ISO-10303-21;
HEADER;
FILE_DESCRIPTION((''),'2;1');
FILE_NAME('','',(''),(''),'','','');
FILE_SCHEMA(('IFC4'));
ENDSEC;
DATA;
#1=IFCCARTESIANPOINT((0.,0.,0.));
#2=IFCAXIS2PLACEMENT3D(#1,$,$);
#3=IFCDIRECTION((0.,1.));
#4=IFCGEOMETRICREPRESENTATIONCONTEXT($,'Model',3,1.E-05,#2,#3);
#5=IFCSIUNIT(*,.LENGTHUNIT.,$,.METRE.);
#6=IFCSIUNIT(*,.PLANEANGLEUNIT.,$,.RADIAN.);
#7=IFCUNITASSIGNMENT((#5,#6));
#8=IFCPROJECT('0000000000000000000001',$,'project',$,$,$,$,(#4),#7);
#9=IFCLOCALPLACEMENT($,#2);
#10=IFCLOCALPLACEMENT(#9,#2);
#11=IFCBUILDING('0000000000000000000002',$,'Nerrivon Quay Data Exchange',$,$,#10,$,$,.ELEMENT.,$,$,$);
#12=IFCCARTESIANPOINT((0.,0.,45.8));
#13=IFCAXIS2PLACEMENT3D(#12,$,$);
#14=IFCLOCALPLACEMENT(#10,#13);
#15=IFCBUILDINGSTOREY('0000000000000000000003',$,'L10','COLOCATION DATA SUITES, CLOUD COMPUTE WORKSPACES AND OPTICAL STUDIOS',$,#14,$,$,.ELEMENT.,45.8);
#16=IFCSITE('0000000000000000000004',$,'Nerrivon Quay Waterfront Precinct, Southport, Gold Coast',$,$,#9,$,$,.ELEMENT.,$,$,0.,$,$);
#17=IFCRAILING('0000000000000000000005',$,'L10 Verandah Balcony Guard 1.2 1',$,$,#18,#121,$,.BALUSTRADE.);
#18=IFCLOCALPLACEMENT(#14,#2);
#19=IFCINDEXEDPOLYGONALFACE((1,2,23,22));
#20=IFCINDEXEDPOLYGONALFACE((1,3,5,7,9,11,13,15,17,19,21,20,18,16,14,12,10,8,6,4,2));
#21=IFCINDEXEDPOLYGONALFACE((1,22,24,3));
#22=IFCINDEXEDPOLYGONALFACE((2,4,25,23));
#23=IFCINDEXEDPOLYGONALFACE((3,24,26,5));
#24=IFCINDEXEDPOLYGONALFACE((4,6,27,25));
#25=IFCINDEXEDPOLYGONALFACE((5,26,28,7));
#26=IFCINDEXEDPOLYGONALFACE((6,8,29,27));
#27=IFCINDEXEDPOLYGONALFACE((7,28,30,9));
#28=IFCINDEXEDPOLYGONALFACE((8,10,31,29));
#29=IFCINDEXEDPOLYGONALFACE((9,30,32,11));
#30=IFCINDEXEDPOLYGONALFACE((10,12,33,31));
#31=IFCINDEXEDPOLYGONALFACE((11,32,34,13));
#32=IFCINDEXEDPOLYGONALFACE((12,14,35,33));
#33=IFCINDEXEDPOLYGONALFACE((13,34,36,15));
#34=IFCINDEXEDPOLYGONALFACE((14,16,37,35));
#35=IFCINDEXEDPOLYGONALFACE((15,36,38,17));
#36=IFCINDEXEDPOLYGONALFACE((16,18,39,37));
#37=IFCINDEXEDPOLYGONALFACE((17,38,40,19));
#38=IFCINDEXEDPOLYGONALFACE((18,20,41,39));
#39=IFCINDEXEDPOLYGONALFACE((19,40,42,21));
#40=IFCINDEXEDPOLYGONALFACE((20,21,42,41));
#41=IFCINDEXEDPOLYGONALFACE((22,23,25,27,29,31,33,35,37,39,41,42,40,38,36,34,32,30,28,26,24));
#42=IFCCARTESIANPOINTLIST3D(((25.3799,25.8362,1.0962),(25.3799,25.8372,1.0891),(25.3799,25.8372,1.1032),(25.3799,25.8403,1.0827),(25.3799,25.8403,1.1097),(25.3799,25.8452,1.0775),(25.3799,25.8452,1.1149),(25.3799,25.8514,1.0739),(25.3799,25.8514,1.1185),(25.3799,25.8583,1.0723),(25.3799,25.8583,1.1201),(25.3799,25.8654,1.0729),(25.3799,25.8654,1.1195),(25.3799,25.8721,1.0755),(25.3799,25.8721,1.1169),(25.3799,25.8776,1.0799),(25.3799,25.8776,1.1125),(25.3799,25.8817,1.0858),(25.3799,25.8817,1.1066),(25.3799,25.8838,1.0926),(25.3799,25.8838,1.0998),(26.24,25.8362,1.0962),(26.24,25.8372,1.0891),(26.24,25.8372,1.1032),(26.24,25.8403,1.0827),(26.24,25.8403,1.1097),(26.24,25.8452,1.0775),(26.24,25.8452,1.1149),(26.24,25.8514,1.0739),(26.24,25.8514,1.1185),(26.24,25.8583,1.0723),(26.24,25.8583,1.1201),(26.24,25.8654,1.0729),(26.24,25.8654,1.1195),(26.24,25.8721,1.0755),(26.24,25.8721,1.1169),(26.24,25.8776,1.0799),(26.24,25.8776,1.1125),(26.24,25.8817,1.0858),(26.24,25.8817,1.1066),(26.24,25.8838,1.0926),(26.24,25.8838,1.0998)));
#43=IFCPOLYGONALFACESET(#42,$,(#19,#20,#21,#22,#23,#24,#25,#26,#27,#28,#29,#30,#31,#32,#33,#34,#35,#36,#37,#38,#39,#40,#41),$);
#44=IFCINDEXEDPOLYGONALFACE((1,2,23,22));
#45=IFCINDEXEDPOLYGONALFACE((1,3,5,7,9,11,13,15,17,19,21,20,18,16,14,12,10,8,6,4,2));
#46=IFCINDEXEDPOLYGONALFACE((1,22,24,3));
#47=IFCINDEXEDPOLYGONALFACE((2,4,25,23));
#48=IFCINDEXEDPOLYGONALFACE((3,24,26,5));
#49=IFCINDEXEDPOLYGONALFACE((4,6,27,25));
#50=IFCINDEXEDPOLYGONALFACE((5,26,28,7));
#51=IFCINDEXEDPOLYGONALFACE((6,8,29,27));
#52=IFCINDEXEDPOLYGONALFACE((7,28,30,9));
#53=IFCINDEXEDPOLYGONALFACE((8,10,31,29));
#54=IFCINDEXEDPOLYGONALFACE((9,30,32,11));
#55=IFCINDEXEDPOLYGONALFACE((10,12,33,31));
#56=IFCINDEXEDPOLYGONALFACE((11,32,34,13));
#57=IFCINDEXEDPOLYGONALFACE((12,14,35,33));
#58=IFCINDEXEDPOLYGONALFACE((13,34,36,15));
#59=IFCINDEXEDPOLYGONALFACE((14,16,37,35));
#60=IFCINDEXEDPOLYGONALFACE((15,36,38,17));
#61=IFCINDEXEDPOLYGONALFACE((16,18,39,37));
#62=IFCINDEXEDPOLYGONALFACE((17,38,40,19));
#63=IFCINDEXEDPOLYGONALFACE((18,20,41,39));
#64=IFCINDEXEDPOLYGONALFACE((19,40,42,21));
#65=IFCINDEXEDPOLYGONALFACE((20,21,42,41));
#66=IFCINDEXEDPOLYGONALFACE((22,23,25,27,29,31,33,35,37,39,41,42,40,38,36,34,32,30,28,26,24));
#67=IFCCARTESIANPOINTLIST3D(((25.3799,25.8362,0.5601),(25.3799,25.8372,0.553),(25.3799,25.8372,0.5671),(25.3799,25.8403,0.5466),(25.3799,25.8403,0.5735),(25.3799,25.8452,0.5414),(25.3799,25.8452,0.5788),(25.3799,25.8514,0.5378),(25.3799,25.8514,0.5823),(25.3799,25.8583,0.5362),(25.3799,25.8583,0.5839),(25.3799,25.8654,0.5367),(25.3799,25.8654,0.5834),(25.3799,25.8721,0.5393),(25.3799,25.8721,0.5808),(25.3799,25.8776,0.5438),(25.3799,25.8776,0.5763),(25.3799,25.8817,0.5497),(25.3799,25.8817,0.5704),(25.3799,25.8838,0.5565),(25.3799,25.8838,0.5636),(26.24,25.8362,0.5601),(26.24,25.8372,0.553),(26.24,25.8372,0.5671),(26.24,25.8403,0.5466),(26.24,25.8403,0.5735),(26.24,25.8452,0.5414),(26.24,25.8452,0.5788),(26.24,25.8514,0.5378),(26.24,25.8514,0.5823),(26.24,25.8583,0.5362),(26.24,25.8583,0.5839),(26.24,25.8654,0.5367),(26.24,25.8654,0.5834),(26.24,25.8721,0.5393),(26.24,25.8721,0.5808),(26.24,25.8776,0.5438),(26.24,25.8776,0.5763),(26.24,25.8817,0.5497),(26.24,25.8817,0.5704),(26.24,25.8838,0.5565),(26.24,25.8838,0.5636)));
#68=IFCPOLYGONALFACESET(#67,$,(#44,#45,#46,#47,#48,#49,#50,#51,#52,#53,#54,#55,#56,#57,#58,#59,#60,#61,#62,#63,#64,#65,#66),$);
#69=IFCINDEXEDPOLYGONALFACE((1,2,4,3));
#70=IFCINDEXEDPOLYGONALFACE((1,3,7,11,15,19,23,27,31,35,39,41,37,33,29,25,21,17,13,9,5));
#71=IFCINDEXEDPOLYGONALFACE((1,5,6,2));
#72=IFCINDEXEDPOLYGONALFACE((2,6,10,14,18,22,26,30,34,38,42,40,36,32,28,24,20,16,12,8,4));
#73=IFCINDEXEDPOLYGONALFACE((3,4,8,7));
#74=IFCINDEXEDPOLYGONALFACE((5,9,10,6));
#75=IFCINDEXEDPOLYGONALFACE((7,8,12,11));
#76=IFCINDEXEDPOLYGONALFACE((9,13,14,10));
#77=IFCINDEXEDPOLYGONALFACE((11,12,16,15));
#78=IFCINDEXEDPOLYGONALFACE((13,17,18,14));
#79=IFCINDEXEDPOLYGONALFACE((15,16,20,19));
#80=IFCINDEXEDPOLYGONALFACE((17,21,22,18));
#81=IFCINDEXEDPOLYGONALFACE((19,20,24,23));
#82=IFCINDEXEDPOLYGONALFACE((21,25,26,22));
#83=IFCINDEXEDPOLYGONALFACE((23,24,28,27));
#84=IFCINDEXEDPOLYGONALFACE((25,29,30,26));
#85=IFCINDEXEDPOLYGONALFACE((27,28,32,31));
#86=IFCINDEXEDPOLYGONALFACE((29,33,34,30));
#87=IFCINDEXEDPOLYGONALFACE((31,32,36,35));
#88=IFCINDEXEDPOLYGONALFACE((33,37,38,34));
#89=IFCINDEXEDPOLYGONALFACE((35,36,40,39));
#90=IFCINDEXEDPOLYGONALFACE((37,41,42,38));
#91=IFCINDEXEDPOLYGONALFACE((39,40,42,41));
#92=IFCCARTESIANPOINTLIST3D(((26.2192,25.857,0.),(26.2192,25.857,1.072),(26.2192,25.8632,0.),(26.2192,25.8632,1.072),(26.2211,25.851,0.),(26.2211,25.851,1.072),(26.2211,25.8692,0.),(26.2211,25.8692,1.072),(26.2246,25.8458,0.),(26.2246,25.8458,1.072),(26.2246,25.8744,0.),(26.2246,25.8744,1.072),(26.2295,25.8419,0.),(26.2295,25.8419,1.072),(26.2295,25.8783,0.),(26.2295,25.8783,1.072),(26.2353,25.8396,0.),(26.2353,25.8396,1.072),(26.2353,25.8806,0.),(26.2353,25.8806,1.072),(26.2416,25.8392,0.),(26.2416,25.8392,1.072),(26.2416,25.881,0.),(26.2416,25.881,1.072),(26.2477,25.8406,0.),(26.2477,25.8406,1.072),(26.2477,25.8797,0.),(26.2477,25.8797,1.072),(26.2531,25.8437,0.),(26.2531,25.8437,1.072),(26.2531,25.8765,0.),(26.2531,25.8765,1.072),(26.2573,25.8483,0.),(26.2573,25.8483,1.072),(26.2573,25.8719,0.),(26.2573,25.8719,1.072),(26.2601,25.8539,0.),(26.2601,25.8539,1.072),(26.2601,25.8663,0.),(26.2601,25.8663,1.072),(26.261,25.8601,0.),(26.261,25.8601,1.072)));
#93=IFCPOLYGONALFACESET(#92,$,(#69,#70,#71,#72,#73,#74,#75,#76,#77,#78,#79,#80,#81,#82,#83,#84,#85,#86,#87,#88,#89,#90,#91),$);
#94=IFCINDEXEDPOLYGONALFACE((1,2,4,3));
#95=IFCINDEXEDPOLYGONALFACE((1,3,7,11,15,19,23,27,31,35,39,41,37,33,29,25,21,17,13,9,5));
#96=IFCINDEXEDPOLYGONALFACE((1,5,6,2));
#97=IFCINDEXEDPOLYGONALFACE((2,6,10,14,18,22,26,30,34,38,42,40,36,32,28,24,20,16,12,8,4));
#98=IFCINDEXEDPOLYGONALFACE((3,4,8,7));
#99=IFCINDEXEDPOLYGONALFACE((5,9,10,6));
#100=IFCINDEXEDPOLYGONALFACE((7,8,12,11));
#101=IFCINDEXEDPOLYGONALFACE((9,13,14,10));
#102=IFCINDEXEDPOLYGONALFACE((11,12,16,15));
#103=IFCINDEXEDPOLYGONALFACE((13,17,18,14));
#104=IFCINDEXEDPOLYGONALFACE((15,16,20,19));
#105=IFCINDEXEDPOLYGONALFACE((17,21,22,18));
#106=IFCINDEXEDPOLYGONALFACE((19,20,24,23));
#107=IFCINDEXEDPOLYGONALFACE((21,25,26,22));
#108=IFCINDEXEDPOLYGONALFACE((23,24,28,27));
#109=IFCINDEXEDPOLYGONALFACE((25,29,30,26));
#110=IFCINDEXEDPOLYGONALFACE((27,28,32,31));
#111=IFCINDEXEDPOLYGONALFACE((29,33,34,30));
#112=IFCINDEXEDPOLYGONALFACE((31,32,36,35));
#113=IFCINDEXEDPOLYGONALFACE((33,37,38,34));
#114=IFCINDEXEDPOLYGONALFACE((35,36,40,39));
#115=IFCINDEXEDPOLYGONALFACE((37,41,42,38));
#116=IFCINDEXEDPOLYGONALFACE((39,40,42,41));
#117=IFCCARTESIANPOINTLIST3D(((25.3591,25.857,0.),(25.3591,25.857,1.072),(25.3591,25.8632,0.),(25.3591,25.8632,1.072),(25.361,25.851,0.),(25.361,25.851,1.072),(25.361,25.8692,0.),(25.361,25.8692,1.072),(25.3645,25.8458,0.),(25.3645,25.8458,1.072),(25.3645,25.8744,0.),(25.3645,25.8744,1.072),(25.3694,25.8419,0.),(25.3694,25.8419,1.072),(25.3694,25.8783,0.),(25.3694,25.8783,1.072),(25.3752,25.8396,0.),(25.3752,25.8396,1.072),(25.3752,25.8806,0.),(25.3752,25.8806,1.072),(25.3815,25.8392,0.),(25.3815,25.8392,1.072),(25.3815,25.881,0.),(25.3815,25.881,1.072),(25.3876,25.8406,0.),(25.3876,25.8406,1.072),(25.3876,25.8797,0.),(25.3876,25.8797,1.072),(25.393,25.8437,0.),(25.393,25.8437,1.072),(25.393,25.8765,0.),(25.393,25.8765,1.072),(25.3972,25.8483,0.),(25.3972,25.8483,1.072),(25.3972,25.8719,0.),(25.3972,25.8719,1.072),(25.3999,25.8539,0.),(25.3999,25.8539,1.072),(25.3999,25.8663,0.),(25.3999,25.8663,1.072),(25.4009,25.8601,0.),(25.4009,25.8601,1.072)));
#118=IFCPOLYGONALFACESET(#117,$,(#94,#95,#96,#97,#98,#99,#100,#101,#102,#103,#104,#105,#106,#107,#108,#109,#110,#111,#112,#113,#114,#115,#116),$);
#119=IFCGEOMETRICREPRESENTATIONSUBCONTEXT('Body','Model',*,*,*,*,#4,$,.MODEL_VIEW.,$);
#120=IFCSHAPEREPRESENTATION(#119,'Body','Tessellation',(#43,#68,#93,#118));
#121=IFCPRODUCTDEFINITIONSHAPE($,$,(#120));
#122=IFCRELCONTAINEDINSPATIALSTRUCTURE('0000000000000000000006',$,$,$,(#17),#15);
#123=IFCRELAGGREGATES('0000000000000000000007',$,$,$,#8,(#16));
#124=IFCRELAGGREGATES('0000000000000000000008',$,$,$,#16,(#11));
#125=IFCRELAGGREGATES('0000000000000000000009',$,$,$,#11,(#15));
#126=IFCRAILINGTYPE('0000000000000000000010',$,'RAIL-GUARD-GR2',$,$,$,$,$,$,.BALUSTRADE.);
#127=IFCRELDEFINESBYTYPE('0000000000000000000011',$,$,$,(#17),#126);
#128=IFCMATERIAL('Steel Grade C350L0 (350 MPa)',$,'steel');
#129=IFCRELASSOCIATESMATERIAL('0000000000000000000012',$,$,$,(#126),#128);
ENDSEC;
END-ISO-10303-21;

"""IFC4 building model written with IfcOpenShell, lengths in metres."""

from ifc_helpers import new_model, si_unit, direction, frame, origin, origin_2d, place, context, subcontext, project, spatial, circle, extrude, material, type_object, element, save


model = new_model("IFC4")

# Units and contexts
model_context = context("Model", 3, precision=1e-05, world=origin(), true_north=direction((0.0, 1.0)))
body_context = subcontext(model_context, "Body", "Model", "MODEL_VIEW")
ifc_project = project(units=[si_unit("LENGTHUNIT", "METRE"), si_unit("PLANEANGLEUNIT", "RADIAN")], contexts=[model_context])

# Site, building, storey
site_placement = place(None, origin())
site = spatial("IfcSite", under=ifc_project, at=site_placement, Name="Nerrivon Quay Waterfront Precinct, Southport, Gold Coast", CompositionType="ELEMENT", RefElevation=0.0)
building_placement = place(site_placement, origin())
building = spatial("IfcBuilding", under=site, at=building_placement, Name="Nerrivon Quay Data Exchange", CompositionType="ELEMENT")
storey_placement = place(building_placement, frame((0.0, 0.0, 45.8)))
storey = spatial("IfcBuildingStorey", under=building, at=storey_placement, Name="L10", Description="COLOCATION DATA SUITES, CLOUD COMPUTE WORKSPACES AND OPTICAL STUDIOS", CompositionType="ELEMENT", Elevation=45.8)

# Railing
ifc_material_1 = material(Name="Steel Grade C350L0 (350 MPa)", Category="steel")
railing_type = type_object("IfcRailingType", Name="RAIL-GUARD-GR2", PredefinedType="BALUSTRADE", material=ifc_material_1)
railing_1_placement = place(storey_placement, frame((26.24, 25.8601, 0.0)))
element("IfcRailing", 1, at=railing_1_placement, inside=storey, type_object=railing_type, Name="L10 Verandah Balcony Guard 1.2 1", PredefinedType="BALUSTRADE", context=body_context, shape_type="SweptSolid", body=[
    extrude(circle(Radius=0.0239, at=origin_2d()), frame((0.0, 0.0, 1.0962), z_axis=(-1.0, 0.0, 0.0), x_axis=(0.0, -1.0, 0.0)), (0.0, 0.0, 1.0), 0.8601),
    extrude(circle(Radius=0.0239, at=origin_2d()), frame((0.0, 0.0, 0.5601), z_axis=(-1.0, 0.0, 0.0), x_axis=(0.0, -1.0, 0.0)), (0.0, 0.0, 1.0), 0.8601),
    extrude(circle(Radius=0.021, at=origin_2d()), origin(), (0.0, 0.0, 1.0), 1.072),
    extrude(circle(Radius=0.021, at=origin_2d()), frame((-0.8601, 0.0, 0.0)), (0.0, 0.0, 1.0), 1.072),
])

save(model, "model.ifc")
